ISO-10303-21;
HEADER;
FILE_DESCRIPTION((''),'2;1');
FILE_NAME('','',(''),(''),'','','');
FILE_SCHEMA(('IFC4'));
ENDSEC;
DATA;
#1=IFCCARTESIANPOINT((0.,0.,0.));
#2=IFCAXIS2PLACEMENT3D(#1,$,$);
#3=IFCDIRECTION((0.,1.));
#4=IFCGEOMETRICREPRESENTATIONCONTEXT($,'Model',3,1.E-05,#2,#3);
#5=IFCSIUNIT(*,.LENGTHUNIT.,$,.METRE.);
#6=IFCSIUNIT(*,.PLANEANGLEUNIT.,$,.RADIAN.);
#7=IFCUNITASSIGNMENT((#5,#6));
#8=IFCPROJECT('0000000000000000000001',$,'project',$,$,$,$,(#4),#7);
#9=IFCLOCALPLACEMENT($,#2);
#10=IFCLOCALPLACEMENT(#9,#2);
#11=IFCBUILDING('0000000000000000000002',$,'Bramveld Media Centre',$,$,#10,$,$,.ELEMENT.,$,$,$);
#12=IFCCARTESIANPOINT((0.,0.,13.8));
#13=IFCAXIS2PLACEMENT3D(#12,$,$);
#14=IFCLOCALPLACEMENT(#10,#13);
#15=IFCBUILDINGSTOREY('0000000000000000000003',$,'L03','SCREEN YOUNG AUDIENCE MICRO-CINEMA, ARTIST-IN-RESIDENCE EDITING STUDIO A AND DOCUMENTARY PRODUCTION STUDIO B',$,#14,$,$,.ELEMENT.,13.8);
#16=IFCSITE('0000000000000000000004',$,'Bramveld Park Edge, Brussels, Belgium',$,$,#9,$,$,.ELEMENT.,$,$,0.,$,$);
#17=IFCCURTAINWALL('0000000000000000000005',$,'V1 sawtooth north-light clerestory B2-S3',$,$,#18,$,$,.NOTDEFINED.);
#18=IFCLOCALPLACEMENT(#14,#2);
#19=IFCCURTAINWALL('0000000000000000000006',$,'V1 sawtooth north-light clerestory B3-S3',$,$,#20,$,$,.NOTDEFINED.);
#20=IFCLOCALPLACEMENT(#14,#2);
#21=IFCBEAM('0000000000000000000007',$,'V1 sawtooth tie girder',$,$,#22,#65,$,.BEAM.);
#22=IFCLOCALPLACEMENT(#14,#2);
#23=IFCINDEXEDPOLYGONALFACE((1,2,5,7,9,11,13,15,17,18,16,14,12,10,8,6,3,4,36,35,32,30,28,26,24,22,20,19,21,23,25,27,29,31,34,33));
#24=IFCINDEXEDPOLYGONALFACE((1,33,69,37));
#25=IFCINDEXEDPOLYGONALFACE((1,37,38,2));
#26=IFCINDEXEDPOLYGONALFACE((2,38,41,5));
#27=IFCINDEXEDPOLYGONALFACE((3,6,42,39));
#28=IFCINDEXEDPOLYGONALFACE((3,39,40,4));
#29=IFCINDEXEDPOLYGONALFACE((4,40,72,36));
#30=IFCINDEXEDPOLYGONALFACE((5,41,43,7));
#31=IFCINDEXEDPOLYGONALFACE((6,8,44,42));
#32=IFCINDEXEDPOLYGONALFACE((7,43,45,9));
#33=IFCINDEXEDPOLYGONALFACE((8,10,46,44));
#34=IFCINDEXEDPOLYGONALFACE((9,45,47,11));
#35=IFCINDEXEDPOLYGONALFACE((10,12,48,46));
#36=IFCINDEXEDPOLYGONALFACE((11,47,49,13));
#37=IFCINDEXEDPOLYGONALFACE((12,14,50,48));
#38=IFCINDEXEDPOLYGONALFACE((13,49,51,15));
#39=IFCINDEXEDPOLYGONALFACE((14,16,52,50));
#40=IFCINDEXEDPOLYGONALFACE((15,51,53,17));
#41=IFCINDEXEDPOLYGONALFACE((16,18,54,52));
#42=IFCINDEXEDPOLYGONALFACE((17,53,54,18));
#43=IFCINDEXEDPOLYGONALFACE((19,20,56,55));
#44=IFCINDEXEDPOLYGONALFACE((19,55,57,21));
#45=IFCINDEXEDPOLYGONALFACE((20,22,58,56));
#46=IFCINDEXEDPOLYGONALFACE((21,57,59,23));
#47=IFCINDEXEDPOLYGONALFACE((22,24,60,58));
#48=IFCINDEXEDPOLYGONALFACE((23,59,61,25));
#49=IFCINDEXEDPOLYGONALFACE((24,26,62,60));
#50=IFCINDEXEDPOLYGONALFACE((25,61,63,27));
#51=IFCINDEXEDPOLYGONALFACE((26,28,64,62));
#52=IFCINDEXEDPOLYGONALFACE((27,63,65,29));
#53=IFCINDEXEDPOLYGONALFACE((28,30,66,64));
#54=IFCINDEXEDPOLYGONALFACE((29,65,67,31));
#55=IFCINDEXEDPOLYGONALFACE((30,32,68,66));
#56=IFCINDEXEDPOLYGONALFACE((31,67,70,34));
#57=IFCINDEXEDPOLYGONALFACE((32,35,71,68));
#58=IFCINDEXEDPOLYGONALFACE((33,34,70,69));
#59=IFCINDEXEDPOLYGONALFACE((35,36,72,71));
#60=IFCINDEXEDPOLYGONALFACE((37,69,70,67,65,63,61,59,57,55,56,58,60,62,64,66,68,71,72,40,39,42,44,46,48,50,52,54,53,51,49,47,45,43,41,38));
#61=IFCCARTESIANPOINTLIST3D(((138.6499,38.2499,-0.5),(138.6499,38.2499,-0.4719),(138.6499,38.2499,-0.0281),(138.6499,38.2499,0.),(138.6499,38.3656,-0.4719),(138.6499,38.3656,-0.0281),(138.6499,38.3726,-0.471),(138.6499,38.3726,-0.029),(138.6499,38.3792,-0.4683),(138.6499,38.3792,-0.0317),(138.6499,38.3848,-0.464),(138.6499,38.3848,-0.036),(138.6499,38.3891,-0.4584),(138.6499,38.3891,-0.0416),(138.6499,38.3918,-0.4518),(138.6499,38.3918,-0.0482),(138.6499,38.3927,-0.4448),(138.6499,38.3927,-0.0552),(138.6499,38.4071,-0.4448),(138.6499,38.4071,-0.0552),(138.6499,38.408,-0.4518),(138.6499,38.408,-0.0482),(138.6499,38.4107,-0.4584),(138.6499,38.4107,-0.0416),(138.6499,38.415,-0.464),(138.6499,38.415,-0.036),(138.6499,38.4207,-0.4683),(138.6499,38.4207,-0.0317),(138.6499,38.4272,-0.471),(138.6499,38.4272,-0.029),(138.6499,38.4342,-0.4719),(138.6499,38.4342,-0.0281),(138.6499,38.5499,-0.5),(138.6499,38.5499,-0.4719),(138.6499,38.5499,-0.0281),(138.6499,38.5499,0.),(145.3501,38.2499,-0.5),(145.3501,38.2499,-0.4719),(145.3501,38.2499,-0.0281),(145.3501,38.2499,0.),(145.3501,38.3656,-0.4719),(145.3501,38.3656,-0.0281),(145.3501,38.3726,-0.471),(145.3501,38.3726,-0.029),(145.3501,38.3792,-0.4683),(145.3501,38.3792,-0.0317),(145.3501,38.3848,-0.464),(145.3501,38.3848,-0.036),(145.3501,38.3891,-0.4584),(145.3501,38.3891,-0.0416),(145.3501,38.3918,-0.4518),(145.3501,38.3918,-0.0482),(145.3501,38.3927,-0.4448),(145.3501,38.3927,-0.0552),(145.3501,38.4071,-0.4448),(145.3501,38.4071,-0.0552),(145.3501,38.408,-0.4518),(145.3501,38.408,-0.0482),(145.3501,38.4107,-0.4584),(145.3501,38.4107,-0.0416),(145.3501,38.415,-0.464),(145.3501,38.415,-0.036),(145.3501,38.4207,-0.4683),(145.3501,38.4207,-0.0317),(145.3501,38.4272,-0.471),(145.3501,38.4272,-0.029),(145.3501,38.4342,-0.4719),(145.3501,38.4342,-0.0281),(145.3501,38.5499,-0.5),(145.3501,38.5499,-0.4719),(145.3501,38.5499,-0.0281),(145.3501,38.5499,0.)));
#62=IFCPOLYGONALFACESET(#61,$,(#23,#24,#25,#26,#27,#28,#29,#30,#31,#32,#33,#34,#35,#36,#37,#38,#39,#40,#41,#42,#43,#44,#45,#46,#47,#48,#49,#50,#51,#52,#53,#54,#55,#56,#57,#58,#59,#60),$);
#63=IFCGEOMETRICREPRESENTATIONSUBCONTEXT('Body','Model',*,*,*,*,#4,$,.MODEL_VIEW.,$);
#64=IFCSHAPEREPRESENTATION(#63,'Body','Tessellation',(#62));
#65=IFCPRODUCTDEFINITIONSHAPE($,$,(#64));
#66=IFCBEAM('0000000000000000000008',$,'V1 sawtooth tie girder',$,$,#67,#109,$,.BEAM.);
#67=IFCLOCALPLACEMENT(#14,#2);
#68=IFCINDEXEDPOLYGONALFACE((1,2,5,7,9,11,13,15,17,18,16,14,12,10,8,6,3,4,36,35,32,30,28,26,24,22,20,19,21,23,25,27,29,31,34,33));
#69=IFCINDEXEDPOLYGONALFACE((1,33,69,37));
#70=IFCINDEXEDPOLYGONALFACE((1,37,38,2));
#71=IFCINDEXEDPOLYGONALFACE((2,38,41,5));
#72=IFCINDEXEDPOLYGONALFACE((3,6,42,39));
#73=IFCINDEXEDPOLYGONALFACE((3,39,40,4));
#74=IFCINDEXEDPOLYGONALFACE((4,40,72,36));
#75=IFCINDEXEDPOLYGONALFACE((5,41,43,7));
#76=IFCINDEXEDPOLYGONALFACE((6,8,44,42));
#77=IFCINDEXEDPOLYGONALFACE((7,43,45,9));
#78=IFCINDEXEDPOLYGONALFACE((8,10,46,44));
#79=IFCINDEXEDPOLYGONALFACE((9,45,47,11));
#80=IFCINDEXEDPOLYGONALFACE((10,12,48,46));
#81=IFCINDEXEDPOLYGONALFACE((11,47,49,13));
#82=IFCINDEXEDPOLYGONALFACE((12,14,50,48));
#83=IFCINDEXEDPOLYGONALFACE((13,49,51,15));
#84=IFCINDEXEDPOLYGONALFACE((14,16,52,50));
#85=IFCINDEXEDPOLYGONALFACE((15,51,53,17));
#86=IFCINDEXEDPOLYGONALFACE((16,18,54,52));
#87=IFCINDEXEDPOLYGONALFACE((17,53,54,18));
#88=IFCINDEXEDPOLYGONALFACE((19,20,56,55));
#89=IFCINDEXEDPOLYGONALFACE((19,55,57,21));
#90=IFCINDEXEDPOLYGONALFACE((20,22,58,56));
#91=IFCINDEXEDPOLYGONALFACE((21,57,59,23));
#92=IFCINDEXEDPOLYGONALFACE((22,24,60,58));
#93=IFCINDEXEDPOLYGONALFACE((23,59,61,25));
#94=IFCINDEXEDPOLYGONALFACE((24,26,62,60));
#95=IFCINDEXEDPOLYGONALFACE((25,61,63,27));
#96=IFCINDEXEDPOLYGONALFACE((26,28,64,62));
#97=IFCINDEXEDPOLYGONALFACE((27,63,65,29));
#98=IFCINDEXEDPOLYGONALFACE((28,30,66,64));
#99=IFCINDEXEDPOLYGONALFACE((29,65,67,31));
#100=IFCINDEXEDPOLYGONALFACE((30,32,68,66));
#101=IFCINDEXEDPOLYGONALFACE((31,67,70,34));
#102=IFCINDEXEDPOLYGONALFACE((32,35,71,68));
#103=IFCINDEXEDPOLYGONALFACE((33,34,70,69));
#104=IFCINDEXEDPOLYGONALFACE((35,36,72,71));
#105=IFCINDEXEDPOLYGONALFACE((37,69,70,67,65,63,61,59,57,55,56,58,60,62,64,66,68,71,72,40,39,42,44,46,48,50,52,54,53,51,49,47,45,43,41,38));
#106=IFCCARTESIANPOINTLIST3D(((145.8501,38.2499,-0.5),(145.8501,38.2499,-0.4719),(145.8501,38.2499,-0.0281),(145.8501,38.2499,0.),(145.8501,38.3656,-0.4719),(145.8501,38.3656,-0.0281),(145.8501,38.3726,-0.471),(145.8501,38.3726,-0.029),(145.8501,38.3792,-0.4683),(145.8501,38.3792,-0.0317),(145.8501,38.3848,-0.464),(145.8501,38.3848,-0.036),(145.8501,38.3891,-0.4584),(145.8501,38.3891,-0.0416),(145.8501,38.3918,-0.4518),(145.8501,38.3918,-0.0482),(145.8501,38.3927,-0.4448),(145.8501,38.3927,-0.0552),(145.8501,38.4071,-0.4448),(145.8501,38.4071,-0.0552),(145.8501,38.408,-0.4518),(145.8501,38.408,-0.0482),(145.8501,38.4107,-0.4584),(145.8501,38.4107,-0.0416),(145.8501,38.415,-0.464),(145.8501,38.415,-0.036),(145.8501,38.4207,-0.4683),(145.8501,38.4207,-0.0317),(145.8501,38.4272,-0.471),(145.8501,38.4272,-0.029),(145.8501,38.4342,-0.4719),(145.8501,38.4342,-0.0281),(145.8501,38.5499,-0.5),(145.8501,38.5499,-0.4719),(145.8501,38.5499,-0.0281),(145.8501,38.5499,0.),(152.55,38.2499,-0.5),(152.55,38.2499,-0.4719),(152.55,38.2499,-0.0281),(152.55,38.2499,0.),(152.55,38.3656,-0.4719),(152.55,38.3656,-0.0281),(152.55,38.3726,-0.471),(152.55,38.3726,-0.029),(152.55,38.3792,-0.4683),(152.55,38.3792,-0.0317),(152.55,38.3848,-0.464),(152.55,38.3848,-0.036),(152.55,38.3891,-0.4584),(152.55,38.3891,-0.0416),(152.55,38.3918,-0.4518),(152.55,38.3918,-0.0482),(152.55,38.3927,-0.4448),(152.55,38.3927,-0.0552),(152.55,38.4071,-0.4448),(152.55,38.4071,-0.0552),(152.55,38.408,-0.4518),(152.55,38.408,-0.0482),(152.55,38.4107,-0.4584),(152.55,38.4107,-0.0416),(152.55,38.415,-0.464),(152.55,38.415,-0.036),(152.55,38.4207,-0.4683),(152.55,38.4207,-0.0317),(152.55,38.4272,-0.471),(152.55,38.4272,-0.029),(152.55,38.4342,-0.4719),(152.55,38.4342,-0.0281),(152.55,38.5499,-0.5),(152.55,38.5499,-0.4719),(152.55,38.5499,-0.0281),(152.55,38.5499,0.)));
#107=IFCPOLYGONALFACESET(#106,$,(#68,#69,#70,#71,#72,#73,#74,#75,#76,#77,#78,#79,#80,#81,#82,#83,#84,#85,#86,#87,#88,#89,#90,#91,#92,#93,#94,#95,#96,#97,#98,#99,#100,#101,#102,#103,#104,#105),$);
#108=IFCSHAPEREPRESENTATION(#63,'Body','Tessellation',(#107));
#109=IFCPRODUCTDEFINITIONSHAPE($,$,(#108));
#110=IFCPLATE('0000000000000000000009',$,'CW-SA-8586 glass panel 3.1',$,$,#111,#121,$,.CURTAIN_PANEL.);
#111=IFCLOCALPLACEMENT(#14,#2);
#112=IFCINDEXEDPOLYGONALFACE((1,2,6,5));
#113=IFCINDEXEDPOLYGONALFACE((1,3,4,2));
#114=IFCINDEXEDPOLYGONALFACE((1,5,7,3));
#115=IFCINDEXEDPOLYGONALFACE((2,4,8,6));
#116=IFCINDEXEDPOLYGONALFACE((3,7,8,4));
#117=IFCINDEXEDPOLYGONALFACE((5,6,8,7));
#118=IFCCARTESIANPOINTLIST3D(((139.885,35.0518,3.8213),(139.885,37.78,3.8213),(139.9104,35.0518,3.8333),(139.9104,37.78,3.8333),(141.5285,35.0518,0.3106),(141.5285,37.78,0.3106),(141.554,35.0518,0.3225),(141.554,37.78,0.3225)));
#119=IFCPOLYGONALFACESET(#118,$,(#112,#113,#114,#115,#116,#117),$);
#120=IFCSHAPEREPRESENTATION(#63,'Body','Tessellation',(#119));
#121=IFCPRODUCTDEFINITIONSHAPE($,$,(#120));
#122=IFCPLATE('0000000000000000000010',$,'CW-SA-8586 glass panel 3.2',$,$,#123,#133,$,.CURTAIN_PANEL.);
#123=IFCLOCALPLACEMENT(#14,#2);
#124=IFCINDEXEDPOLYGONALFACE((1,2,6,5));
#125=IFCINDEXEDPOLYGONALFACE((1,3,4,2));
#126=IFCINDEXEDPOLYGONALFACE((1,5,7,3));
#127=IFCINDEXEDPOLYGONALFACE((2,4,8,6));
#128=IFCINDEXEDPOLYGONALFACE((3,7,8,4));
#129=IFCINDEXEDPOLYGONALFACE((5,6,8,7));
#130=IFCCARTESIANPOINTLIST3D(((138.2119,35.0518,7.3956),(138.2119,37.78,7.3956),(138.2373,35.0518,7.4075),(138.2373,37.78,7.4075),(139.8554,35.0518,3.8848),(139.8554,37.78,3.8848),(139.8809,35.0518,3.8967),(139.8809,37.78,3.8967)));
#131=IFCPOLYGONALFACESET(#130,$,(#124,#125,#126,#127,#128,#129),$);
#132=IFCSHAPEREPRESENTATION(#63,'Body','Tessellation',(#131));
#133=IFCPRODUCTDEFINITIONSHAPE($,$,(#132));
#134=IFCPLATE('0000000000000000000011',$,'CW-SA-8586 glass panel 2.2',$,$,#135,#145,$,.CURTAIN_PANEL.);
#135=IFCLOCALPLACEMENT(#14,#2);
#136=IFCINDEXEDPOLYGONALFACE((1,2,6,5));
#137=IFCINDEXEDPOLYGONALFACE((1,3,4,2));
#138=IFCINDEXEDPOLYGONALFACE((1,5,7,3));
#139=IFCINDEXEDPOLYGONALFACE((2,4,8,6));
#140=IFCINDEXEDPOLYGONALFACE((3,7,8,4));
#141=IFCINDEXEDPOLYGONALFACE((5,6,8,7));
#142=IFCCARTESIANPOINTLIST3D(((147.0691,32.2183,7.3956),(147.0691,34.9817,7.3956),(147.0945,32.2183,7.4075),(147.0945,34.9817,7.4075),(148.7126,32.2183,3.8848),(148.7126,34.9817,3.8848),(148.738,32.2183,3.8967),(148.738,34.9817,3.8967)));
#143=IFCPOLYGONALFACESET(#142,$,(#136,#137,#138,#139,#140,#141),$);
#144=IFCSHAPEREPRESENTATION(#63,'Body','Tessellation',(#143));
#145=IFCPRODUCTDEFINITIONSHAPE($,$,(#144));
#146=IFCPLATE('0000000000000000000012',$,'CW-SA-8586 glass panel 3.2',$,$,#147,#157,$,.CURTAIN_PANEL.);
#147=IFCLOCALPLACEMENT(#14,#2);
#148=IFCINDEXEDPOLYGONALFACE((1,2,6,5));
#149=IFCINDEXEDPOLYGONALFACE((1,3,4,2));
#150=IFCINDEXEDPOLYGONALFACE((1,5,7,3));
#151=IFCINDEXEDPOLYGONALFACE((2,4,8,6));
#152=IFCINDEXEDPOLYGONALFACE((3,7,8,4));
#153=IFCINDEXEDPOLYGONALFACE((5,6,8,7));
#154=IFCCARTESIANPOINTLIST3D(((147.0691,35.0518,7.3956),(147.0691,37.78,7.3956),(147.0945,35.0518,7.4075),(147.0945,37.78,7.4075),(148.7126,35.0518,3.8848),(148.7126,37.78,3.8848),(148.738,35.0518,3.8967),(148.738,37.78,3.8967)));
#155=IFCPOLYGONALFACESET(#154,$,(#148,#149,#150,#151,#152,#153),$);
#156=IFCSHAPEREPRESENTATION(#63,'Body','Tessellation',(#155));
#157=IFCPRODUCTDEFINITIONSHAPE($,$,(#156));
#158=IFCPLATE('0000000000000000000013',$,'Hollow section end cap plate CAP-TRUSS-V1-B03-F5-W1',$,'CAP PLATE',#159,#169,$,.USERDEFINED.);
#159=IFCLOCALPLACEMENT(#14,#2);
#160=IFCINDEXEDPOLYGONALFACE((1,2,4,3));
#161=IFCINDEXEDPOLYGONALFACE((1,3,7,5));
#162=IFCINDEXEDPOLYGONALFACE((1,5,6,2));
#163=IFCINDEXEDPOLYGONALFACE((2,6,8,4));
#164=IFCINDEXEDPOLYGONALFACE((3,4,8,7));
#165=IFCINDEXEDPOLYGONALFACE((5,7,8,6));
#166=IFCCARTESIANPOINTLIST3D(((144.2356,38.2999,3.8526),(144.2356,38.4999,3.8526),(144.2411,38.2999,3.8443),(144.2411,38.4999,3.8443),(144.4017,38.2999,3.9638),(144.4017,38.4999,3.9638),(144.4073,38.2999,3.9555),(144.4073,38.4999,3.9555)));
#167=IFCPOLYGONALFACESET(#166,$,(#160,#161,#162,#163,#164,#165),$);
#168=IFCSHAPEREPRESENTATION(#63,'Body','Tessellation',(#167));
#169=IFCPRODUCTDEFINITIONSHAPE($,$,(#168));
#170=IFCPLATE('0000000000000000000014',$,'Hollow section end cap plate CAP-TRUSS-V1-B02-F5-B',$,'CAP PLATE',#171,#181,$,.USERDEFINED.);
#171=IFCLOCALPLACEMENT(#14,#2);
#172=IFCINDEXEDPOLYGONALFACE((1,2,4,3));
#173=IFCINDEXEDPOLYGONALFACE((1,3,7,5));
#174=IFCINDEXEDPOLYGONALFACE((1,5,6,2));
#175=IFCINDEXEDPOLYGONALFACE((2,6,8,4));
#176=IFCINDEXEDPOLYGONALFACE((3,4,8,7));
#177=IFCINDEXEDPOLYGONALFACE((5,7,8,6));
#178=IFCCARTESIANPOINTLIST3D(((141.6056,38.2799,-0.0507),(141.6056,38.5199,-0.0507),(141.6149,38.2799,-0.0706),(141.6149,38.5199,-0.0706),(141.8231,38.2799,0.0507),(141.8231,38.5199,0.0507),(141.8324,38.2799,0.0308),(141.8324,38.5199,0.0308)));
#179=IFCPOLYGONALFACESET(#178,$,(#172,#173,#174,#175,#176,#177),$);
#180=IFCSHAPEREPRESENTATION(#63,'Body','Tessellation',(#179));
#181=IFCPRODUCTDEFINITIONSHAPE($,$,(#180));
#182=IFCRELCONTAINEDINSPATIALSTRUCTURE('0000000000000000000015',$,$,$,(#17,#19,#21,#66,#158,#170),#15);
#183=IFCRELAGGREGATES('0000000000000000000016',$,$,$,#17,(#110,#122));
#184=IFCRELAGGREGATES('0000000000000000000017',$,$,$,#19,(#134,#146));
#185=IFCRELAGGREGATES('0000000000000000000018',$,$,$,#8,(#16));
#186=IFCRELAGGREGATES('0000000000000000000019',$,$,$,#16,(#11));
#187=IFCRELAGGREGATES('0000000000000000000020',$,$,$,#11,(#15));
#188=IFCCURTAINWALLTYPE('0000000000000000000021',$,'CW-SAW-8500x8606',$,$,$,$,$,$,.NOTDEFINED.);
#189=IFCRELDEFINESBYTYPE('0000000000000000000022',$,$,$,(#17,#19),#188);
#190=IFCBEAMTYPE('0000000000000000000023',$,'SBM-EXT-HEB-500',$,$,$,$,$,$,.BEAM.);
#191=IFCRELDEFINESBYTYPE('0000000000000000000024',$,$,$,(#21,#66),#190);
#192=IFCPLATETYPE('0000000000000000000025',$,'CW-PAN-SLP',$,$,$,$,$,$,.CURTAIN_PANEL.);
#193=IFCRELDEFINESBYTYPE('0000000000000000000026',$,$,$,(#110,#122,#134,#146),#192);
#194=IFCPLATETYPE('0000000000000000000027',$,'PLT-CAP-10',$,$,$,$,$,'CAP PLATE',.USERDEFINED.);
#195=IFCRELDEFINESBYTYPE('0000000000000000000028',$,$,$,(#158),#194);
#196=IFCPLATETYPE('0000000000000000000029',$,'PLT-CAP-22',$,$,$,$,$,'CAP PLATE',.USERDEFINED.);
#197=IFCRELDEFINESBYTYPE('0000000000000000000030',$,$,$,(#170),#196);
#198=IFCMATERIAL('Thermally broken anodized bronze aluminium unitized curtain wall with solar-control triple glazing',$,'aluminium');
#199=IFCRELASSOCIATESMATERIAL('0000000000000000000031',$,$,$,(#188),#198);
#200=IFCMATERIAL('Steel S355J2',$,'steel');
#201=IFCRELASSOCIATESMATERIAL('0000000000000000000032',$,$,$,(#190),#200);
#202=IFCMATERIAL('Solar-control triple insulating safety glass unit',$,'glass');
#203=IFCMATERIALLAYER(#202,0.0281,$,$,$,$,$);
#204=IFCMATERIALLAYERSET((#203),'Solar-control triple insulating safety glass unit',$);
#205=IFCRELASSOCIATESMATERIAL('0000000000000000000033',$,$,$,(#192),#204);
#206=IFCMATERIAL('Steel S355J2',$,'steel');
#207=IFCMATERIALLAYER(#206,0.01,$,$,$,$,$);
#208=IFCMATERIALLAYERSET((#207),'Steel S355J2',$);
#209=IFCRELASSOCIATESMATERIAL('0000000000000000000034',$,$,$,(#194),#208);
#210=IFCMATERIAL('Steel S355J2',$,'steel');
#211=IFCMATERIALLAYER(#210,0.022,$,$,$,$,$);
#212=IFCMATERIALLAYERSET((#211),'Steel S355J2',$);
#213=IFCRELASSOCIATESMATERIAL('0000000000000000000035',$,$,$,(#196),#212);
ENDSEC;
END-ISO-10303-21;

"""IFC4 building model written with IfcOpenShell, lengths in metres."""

from ifc_helpers import new_model, si_unit, direction, frame, origin, origin_2d, place, context, subcontext, project, spatial, polyline, rectangle, i_section, outline, extrude, material, layer, layer_set, material_profile, profile_set, type_object, element, aggregate, save


model = new_model("IFC4")

# Units and contexts
model_context = context("Model", 3, precision=1e-05, world=origin(), true_north=direction((0.0, 1.0)))
body_context = subcontext(model_context, "Body", "Model", "MODEL_VIEW")
ifc_project = project(units=[si_unit("LENGTHUNIT", "METRE"), si_unit("PLANEANGLEUNIT", "RADIAN")], contexts=[model_context])

# Site, building, storey
site_placement = place(None, origin())
site = spatial("IfcSite", under=ifc_project, at=site_placement, Name="Bramveld Park Edge, Brussels, Belgium", CompositionType="ELEMENT", RefElevation=0.0)
building_placement = place(site_placement, origin())
building = spatial("IfcBuilding", under=site, at=building_placement, Name="Bramveld Media Centre", CompositionType="ELEMENT")
storey_placement = place(building_placement, frame((0.0, 0.0, 13.8)))
storey = spatial("IfcBuildingStorey", under=building, at=storey_placement, Name="L03", Description="SCREEN YOUNG AUDIENCE MICRO-CINEMA, ARTIST-IN-RESIDENCE EDITING STUDIO A AND DOCUMENTARY PRODUCTION STUDIO B", CompositionType="ELEMENT", Elevation=13.8)

# Curtain walls
ifc_material_1 = material(Name="Thermally broken anodized bronze aluminium unitized curtain wall with solar-control triple glazing", Category="aluminium")
curtain_wall_type = type_object("IfcCurtainWallType", Name="CW-SAW-8500x8606", PredefinedType="NOTDEFINED", material=ifc_material_1)
curtain_wall_1_placement = place(storey_placement, origin())
curtain_wall_1 = element("IfcCurtainWall", 1, at=curtain_wall_1_placement, inside=storey, type_object=curtain_wall_type, Name="V1 sawtooth north-light clerestory B2-S3", PredefinedType="NOTDEFINED")
curtain_wall_2_placement = place(storey_placement, origin())
curtain_wall_2 = element("IfcCurtainWall", 2, at=curtain_wall_2_placement, inside=storey, type_object=curtain_wall_type, Name="V1 sawtooth north-light clerestory B3-S3", PredefinedType="NOTDEFINED")

# Beams
ifc_material_2 = material(Name="Steel S355J2", Category="steel")
ifc_material_profile_1 = material_profile(ifc_material_2, i_section(OverallWidth=0.3, OverallDepth=0.5, WebThickness=0.0144, FlangeThickness=0.0281, FilletRadius=0.0271, at=origin_2d()), Name="HEB 500")
ifc_profile_set_1 = profile_set([ifc_material_profile_1], Name="Steel S355J2")
beam_type = type_object("IfcBeamType", Name="SBM-EXT-HEB-500", PredefinedType="BEAM", material=ifc_profile_set_1)
beam_1_placement = place(storey_placement, frame((138.6499, 38.3999, -0.25), z_axis=(1.0, 0.0, 0.0), x_axis=(0.0, 1.0, 0.0)))
element("IfcBeam", 3, at=beam_1_placement, inside=storey, type_object=beam_type, Name="V1 sawtooth tie girder", PredefinedType="BEAM", context=body_context, shape_type="SweptSolid", body=[
    extrude(i_section(OverallWidth=0.3, OverallDepth=0.5, WebThickness=0.0144, FlangeThickness=0.0281, FilletRadius=0.0271, at=origin_2d()), origin(), (0.0, 0.0, 1.0), 6.7002),
])
beam_2_placement = place(storey_placement, frame((145.8501, 38.3999, -0.25), z_axis=(1.0, 0.0, 0.0), x_axis=(0.0, 1.0, 0.0)))
element("IfcBeam", 4, at=beam_2_placement, inside=storey, type_object=beam_type, Name="V1 sawtooth tie girder", PredefinedType="BEAM", context=body_context, shape_type="SweptSolid", body=[
    extrude(i_section(OverallWidth=0.3, OverallDepth=0.5, WebThickness=0.0144, FlangeThickness=0.0281, FilletRadius=0.0271, at=origin_2d()), origin(), (0.0, 0.0, 1.0), 6.7),
])

# Plates
ifc_material_3 = material(Name="Solar-control triple insulating safety glass unit", Category="glass")
ifc_layer_1 = layer(ifc_material_3, 0.0281)
ifc_layer_set_1 = layer_set([ifc_layer_1], Name="Solar-control triple insulating safety glass unit")
plate_type_1 = type_object("IfcPlateType", Name="CW-PAN-SLP", PredefinedType="CURTAIN_PANEL", material=ifc_layer_set_1)
plate_1_placement = place(storey_placement, frame((141.554, 35.0518, 0.3225), z_axis=(0.905668, 0.0, 0.423988), x_axis=(0.0, 1.0, 0.0)))
plate_1 = element("IfcPlate", 5, at=plate_1_placement, type_object=plate_type_1, Name="CW-SA-8586 glass panel 3.1", PredefinedType="CURTAIN_PANEL", context=body_context, shape_type="SweptSolid", body=[
    extrude(outline(polyline([(0.0, 0.0), (2.7283, 0.0), (2.7283, 3.8764), (0.0, 3.8764), (0.0, 0.0)])), origin(), (0.0, 0.0, -1.0), 0.0281),
])
plate_2_placement = place(storey_placement, frame((139.8809, 35.0518, 3.8967), z_axis=(0.905668, 0.0, 0.423988), x_axis=(0.0, 1.0, 0.0)))
plate_2 = element("IfcPlate", 6, at=plate_2_placement, type_object=plate_type_1, Name="CW-SA-8586 glass panel 3.2", PredefinedType="CURTAIN_PANEL", context=body_context, shape_type="SweptSolid", body=[
    extrude(outline(polyline([(0.0, 0.0), (2.7283, 0.0), (2.7283, 3.8764), (0.0, 3.8764), (0.0, 0.0)])), origin(), (0.0, 0.0, -1.0), 0.0281),
])
aggregate(curtain_wall_1, [plate_1, plate_2])
plate_3_placement = place(storey_placement, frame((148.738, 32.2183, 3.8967), z_axis=(0.905668, 0.0, 0.423988), x_axis=(0.0, 1.0, 0.0)))
plate_3 = element("IfcPlate", 7, at=plate_3_placement, type_object=plate_type_1, Name="CW-SA-8586 glass panel 2.2", PredefinedType="CURTAIN_PANEL", context=body_context, shape_type="SweptSolid", body=[
    extrude(outline(polyline([(0.0, 0.0), (2.7634, 0.0), (2.7634, 3.8764), (0.0, 3.8764), (0.0, 0.0)])), origin(), (0.0, 0.0, -1.0), 0.0281),
])
plate_4_placement = place(storey_placement, frame((148.738, 35.0518, 3.8967), z_axis=(0.905668, 0.0, 0.423988), x_axis=(0.0, 1.0, 0.0)))
plate_4 = element("IfcPlate", 8, at=plate_4_placement, type_object=plate_type_1, Name="CW-SA-8586 glass panel 3.2", PredefinedType="CURTAIN_PANEL", context=body_context, shape_type="SweptSolid", body=[
    extrude(outline(polyline([(0.0, 0.0), (2.7283, 0.0), (2.7283, 3.8764), (0.0, 3.8764), (0.0, 0.0)])), origin(), (0.0, 0.0, -1.0), 0.0281),
])
aggregate(curtain_wall_2, [plate_3, plate_4])

# Plates
ifc_material_4 = material(Name="Steel S355J2", Category="steel")
ifc_layer_2 = layer(ifc_material_4, 0.01)
ifc_layer_set_2 = layer_set([ifc_layer_2], Name="Steel S355J2")
plate_type_2 = type_object("IfcPlateType", Name="PLT-CAP-10", ElementType="CAP PLATE", PredefinedType="USERDEFINED", material=ifc_layer_set_2)
plate_5_placement = place(storey_placement, frame((144.3242, 38.3999, 3.8999), z_axis=(-0.55616, 0.0, 0.831075), x_axis=(0.0, -1.0, 0.0)))
element("IfcPlate", 9, at=plate_5_placement, inside=storey, type_object=plate_type_2, Name="Hollow section end cap plate CAP-TRUSS-V1-B03-F5-W1", ObjectType="CAP PLATE", PredefinedType="USERDEFINED", context=body_context, shape_type="SweptSolid", body=[
    extrude(rectangle(XDim=0.2, YDim=0.2, at=origin_2d()), origin(), (0.0, 0.0, 1.0), 0.01),
])
ifc_material_5 = material(Name="Steel S355J2", Category="steel")
ifc_layer_3 = layer(ifc_material_5, 0.022)
ifc_layer_set_3 = layer_set([ifc_layer_3], Name="Steel S355J2")
plate_type_3 = type_object("IfcPlateType", Name="PLT-CAP-22", ElementType="CAP PLATE", PredefinedType="USERDEFINED", material=ifc_layer_set_3)
plate_6_placement = place(storey_placement, frame((141.7144, 38.3999, 0.0), z_axis=(0.422628, 0.0, -0.906303), x_axis=(0.0, 1.0, 0.0)))
element("IfcPlate", 10, at=plate_6_placement, inside=storey, type_object=plate_type_3, Name="Hollow section end cap plate CAP-TRUSS-V1-B02-F5-B", ObjectType="CAP PLATE", PredefinedType="USERDEFINED", context=body_context, shape_type="SweptSolid", body=[
    extrude(rectangle(XDim=0.24, YDim=0.24, at=origin_2d()), origin(), (0.0, 0.0, 1.0), 0.022),
])

save(model, "model.ifc")
